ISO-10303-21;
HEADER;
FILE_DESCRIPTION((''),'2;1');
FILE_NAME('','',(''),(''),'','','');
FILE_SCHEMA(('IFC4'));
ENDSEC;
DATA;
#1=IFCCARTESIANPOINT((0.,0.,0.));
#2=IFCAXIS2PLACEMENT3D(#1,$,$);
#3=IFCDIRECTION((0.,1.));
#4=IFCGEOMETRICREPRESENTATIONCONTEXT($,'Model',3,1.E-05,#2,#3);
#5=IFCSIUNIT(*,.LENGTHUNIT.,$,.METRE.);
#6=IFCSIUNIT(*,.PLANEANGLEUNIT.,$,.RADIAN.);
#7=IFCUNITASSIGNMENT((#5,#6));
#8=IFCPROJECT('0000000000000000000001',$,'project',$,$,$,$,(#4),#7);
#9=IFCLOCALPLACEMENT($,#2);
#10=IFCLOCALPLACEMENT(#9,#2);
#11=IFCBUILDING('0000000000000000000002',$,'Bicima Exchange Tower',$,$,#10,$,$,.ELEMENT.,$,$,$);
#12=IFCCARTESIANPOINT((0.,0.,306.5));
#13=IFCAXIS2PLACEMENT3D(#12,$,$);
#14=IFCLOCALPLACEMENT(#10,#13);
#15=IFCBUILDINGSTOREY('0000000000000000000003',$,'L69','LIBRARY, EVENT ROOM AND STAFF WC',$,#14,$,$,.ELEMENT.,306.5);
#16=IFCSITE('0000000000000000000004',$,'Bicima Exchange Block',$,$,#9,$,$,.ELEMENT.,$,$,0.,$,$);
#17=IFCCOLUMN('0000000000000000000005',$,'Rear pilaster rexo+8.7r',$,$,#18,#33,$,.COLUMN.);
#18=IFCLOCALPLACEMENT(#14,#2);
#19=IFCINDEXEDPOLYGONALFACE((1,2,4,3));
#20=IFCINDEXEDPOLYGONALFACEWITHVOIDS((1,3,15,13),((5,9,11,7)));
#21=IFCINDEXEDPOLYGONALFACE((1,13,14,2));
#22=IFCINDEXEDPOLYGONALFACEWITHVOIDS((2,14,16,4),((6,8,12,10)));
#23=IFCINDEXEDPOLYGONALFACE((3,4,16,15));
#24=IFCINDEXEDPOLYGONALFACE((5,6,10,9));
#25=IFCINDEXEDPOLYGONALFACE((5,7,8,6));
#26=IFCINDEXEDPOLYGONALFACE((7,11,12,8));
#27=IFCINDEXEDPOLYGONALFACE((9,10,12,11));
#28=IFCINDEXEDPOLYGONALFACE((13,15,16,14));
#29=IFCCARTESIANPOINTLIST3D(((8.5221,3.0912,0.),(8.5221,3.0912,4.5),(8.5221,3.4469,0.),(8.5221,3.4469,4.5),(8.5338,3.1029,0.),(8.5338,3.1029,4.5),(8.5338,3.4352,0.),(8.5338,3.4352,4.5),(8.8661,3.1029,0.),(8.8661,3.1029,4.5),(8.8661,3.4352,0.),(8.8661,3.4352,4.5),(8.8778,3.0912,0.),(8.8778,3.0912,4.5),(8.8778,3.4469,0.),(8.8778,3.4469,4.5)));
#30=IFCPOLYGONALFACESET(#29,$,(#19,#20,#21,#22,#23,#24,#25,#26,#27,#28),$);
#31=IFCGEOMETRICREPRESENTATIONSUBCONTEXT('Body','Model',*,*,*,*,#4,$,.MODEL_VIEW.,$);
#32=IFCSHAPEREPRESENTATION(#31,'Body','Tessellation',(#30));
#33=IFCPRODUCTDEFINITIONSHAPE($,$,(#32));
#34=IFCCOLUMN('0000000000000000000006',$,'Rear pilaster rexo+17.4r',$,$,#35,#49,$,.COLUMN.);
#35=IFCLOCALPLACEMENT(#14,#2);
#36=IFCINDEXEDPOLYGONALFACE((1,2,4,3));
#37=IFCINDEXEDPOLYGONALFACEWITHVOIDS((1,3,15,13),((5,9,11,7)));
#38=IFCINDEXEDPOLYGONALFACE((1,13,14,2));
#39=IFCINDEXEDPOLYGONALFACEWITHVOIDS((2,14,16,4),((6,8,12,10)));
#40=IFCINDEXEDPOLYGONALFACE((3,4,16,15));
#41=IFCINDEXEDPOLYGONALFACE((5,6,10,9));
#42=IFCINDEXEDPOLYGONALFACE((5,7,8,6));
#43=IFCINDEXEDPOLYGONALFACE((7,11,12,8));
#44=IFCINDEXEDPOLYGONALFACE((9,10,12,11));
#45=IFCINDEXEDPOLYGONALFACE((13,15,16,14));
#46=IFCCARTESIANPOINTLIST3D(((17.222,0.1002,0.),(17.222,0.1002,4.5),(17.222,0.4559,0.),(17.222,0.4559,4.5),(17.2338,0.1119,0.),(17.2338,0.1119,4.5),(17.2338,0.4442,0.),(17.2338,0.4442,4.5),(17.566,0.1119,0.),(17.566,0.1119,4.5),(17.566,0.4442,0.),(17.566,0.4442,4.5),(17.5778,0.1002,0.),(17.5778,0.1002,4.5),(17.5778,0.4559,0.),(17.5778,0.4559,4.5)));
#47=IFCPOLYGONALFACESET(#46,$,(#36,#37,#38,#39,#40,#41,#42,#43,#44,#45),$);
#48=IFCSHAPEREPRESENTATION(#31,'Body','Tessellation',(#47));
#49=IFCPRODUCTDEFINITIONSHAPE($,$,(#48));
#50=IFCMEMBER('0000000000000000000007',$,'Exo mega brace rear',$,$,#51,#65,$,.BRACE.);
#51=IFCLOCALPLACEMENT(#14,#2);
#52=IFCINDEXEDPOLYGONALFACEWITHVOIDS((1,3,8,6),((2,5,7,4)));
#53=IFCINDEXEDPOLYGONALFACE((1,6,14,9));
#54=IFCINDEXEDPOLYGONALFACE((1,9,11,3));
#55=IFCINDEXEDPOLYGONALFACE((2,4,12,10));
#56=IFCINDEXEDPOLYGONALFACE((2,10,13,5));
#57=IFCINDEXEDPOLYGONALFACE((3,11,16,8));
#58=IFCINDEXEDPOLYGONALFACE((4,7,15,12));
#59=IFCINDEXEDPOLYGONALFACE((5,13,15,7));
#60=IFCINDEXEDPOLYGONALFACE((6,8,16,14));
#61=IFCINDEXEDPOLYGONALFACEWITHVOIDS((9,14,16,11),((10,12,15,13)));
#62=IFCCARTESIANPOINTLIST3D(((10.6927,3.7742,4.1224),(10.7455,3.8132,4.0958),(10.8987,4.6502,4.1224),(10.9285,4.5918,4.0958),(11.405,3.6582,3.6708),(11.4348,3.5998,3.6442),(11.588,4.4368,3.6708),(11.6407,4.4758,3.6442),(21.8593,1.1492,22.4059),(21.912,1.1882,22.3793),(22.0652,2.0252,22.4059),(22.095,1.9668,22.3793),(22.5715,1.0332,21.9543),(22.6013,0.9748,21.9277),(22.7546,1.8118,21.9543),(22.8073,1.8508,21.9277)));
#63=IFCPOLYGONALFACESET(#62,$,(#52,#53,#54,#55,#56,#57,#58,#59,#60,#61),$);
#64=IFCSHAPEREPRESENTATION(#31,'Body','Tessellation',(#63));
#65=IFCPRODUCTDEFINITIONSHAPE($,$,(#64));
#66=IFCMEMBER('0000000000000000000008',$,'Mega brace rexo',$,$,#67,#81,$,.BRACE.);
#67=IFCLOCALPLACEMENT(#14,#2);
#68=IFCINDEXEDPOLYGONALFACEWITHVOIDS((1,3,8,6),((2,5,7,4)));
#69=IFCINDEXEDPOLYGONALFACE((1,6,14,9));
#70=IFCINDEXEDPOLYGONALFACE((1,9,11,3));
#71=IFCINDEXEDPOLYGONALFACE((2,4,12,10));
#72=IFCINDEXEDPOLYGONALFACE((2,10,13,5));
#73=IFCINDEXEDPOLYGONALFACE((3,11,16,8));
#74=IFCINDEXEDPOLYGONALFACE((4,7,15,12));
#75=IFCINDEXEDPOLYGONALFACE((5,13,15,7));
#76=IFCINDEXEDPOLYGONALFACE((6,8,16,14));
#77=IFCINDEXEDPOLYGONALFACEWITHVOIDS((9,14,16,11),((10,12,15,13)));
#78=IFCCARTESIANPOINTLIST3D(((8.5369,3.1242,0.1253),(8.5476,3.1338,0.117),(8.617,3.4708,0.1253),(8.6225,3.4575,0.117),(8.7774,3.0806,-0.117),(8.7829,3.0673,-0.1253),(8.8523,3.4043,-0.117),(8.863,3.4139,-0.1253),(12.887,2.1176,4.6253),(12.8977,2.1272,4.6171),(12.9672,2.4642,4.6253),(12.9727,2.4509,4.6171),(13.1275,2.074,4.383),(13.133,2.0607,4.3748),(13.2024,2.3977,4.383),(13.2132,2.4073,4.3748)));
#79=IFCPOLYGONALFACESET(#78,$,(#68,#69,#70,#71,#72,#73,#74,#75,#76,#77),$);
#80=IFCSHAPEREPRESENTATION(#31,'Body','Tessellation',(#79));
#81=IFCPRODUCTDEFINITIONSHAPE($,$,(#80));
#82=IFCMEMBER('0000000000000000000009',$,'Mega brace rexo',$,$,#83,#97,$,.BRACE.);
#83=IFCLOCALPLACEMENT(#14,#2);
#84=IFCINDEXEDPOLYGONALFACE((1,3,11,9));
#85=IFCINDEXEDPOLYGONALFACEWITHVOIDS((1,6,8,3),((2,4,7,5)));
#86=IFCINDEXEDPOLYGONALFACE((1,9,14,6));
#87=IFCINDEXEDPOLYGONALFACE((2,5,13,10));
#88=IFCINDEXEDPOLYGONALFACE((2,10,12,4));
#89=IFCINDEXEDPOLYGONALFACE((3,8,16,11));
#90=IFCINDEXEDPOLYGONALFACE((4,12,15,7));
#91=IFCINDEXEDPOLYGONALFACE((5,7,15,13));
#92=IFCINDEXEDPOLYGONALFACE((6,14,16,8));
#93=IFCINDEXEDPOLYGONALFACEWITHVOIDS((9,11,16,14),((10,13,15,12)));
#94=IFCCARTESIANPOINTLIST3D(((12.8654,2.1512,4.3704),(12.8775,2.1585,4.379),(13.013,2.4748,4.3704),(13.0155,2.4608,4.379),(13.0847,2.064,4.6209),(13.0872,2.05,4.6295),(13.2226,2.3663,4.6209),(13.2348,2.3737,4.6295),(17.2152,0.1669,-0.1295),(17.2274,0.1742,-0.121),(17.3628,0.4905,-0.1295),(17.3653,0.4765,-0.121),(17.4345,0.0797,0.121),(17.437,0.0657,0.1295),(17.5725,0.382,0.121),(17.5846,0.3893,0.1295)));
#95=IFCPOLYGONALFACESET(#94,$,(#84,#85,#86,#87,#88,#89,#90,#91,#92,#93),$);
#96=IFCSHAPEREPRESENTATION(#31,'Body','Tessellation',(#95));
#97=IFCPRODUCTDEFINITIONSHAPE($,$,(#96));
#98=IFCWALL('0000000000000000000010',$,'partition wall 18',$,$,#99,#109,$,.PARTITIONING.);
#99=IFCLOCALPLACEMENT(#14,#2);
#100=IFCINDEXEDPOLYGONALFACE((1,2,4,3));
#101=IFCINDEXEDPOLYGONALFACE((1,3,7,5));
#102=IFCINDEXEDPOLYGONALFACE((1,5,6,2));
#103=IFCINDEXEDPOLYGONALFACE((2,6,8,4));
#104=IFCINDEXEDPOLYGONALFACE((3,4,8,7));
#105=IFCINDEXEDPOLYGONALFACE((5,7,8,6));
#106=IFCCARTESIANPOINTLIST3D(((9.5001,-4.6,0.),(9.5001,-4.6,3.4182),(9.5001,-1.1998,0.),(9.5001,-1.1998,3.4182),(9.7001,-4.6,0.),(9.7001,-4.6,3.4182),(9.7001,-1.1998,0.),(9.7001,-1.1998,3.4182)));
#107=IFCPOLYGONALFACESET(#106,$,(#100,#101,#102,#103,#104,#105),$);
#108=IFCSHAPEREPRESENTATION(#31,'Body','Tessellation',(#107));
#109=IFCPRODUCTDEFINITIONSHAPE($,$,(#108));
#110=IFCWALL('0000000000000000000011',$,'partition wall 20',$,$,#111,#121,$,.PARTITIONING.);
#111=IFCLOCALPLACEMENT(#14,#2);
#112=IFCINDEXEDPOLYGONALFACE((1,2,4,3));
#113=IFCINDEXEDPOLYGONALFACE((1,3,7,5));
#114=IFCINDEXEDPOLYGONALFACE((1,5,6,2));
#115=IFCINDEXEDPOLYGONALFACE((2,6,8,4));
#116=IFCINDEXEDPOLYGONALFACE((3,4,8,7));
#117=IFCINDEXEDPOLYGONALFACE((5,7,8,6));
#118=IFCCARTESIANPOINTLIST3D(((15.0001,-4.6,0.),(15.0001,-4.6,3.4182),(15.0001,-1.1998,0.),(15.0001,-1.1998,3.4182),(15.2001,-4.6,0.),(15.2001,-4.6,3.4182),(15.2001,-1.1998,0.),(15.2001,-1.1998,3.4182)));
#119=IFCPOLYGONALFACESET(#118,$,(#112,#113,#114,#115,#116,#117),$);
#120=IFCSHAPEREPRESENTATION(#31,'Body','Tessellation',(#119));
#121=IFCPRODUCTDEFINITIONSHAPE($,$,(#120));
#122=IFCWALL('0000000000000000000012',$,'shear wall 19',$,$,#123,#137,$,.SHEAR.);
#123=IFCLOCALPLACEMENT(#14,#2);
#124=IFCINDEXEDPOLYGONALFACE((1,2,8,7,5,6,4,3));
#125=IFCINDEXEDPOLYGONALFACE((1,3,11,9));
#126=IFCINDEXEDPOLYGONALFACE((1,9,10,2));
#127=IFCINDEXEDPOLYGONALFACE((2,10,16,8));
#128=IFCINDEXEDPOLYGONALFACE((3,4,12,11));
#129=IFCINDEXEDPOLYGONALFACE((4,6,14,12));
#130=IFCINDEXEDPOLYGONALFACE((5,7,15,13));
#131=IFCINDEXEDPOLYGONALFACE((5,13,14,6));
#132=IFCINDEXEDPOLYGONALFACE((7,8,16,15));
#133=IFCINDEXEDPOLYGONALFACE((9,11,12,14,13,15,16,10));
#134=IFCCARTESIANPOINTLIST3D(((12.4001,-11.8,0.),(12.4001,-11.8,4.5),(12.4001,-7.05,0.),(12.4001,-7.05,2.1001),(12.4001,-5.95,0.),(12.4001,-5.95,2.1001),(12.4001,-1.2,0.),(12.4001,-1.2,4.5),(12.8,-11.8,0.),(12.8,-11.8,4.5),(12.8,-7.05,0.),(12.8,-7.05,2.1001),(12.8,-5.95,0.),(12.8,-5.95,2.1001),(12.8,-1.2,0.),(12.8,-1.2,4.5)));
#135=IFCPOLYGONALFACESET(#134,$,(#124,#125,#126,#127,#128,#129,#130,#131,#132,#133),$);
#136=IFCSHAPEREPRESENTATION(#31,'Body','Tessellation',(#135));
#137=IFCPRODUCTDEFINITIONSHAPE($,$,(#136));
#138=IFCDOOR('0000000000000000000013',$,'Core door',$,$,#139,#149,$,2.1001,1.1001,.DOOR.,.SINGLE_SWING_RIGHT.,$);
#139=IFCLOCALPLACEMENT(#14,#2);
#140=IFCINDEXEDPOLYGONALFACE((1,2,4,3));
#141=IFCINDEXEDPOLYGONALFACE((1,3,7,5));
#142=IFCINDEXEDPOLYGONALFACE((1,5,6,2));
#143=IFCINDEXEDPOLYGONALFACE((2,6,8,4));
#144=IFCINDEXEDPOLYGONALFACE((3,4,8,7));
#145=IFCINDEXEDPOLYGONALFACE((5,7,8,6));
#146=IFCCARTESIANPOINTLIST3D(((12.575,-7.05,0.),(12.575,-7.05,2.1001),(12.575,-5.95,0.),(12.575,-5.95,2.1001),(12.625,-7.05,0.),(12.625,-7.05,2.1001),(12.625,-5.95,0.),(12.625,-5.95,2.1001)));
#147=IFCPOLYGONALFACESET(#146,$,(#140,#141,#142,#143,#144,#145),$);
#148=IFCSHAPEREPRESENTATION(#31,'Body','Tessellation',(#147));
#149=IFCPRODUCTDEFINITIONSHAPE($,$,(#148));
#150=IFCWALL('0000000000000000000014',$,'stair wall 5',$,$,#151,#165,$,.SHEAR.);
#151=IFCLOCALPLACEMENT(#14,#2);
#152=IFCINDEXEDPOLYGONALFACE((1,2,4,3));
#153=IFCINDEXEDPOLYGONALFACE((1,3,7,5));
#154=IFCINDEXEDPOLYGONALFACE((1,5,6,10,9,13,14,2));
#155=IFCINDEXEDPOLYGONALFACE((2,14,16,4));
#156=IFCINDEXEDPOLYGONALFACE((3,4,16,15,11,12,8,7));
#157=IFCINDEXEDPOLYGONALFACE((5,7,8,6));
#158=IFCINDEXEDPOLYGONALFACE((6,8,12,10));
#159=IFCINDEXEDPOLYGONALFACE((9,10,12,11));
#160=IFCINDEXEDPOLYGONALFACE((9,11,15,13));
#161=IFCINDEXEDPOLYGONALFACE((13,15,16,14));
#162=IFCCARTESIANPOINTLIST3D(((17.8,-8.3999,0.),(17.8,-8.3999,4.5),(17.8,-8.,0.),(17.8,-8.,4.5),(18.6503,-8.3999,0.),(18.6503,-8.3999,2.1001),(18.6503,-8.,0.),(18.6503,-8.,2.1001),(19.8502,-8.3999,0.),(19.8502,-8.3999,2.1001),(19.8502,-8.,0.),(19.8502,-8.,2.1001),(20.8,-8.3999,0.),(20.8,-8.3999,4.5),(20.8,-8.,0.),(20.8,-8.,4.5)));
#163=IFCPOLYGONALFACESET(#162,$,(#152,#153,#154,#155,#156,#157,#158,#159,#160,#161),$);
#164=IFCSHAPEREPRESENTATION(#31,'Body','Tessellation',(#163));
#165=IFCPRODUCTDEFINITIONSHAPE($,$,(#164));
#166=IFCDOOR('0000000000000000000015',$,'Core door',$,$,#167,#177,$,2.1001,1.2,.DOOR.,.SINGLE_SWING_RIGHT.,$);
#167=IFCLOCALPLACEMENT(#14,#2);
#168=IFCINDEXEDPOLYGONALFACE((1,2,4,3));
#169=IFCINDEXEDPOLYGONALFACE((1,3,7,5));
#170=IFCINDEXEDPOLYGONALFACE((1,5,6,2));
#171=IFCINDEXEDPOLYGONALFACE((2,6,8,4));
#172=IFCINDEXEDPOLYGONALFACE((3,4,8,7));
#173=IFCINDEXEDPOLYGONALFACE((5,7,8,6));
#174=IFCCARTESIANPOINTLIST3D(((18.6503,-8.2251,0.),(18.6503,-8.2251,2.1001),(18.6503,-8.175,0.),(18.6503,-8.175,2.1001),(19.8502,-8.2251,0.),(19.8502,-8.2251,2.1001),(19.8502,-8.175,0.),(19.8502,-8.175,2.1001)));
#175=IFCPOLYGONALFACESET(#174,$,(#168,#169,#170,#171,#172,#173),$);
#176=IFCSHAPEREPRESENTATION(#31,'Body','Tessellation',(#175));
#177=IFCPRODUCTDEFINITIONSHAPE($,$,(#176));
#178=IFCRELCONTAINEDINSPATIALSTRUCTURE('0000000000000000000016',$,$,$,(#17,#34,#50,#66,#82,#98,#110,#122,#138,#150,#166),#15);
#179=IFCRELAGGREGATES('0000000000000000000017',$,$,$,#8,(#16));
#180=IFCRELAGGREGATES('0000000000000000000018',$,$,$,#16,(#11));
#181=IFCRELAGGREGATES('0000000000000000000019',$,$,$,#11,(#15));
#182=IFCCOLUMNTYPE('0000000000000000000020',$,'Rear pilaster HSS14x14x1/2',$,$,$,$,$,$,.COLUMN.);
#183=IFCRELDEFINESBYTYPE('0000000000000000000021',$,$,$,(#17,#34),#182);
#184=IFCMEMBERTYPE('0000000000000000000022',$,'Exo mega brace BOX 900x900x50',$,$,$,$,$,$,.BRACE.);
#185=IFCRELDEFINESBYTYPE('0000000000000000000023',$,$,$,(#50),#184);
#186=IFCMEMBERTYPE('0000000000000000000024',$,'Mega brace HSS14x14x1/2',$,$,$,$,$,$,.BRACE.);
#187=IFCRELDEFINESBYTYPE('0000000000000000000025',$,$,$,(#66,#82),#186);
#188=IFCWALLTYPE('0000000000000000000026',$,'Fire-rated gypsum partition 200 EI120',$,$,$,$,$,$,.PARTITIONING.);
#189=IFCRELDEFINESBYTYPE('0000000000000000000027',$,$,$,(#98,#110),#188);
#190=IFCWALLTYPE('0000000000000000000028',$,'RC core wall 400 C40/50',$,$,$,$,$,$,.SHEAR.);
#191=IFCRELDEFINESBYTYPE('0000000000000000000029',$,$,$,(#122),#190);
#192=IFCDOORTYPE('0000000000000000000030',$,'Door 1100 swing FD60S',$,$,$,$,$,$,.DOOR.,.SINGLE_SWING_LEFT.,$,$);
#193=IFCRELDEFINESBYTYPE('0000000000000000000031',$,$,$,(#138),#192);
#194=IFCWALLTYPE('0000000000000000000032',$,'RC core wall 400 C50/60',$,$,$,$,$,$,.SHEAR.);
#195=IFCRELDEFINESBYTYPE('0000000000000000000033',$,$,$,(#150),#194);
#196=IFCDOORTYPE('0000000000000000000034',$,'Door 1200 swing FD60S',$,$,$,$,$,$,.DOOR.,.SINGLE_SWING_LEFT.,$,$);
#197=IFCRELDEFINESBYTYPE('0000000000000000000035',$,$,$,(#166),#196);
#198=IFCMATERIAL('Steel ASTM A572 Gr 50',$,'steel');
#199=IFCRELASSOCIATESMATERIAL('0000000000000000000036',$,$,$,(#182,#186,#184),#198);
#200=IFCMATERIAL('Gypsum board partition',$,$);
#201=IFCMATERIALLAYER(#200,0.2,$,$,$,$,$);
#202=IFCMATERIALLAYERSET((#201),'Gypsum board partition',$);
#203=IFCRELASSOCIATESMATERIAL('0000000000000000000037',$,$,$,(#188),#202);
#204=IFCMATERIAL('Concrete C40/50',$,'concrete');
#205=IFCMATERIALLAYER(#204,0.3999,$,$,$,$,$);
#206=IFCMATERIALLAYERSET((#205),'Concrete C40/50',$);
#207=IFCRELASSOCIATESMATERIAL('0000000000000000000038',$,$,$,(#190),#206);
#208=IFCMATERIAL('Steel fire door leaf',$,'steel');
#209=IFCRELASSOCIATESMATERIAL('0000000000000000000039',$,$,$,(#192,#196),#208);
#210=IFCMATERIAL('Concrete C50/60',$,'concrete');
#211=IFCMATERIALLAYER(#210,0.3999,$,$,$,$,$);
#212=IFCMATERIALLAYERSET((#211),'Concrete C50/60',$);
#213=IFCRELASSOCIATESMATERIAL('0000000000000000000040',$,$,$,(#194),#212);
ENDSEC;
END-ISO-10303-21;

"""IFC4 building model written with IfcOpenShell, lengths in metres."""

from ifc_helpers import new_model, si_unit, direction, frame, frame_2d, origin, origin_2d, place, context, subcontext, project, spatial, rectangle, hollow_rectangle, extrude, material, layer, layer_set, material_profile, profile_set, type_object, element, fill, save


model = new_model("IFC4")

# Units and contexts
model_context = context("Model", 3, precision=1e-05, world=origin(), true_north=direction((0.0, 1.0)))
body_context = subcontext(model_context, "Body", "Model", "MODEL_VIEW")
ifc_project = project(units=[si_unit("LENGTHUNIT", "METRE"), si_unit("PLANEANGLEUNIT", "RADIAN")], contexts=[model_context])

# Site, building, storey
site_placement = place(None, origin())
site = spatial("IfcSite", under=ifc_project, at=site_placement, Name="Bicima Exchange Block", CompositionType="ELEMENT", RefElevation=0.0)
building_placement = place(site_placement, origin())
building = spatial("IfcBuilding", under=site, at=building_placement, Name="Bicima Exchange Tower", CompositionType="ELEMENT")
storey_placement = place(building_placement, frame((0.0, 0.0, 306.5)))
storey = spatial("IfcBuildingStorey", under=building, at=storey_placement, Name="L69", Description="LIBRARY, EVENT ROOM AND STAFF WC", CompositionType="ELEMENT", Elevation=306.5)

# Columns
ifc_material_1 = material(Name="Steel ASTM A572 Gr 50", Category="steel")
ifc_material_profile_1 = material_profile(ifc_material_1, hollow_rectangle(XDim=0.3557, YDim=0.3557, WallThickness=0.0117, at=origin_2d()))
ifc_profile_set_1 = profile_set([ifc_material_profile_1], Name="Steel ASTM A572 Gr 50")
column_type = type_object("IfcColumnType", Name="Rear pilaster HSS14x14x1/2", PredefinedType="COLUMN", material=ifc_profile_set_1)
for number, where, z_axis, x_axis, name in (
    (1, (8.7, 3.269, 0.0), (0.0, 0.0, 1.0), (1.0, 0.0, 0.0), "Rear pilaster rexo+8.7r"),
    (2, (17.3999, 0.2781, 0.0), (0.0, 0.0, 1.0), (1.0, 0.0, 0.0), "Rear pilaster rexo+17.4r"),
):
    element("IfcColumn", number, at=place(storey_placement, frame(where, z_axis=z_axis, x_axis=x_axis)), inside=storey, type_object=column_type, Name=name, PredefinedType="COLUMN", context=body_context, shape_type="SweptSolid", body=[
        extrude(hollow_rectangle(XDim=0.3557, YDim=0.3557, WallThickness=0.0117, at=origin_2d()), origin(), (0.0, 0.0, 1.0), 4.5),
    ])

# Members
ifc_material_profile_2 = material_profile(ifc_material_1, hollow_rectangle(XDim=0.8999, YDim=0.8999, WallThickness=0.05, at=origin_2d()))
ifc_profile_set_2 = profile_set([ifc_material_profile_2], Name="Steel ASTM A572 Gr 50")
member_type_1 = type_object("IfcMemberType", Name="Exo mega brace BOX 900x900x50", PredefinedType="BRACE", material=ifc_profile_set_2)
member_1_placement = place(storey_placement, frame((11.1667, 4.125, 3.8833), z_axis=(0.517353, -0.121618, 0.847086), x_axis=(0.22884, 0.973464, 0.0)))
element("IfcMember", 3, at=member_1_placement, inside=storey, type_object=member_type_1, Name="Exo mega brace rear", PredefinedType="BRACE", context=body_context, shape_type="SweptSolid", body=[
    extrude(hollow_rectangle(XDim=0.8999, YDim=0.8999, WallThickness=0.05, at=origin_2d()), origin(), (0.0, 0.0, 1.0), 21.584),
])
member_type_2 = type_object("IfcMemberType", Name="Mega brace HSS14x14x1/2", PredefinedType="BRACE", material=ifc_profile_set_1)
member_2_placement = place(storey_placement, frame((8.7, 3.269, 0.0), z_axis=(0.686212, -0.158786, 0.709859), x_axis=(0.225439, 0.974257, 0.0)))
element("IfcMember", 4, at=member_2_placement, inside=storey, type_object=member_type_2, Name="Mega brace rexo", PredefinedType="BRACE", context=body_context, shape_type="SweptSolid", body=[
    extrude(hollow_rectangle(XDim=0.3557, YDim=0.3557, WallThickness=0.0117, at=origin_2d()), origin(), (0.0, 0.0, 1.0), 6.3394),
])
member_3_placement = place(storey_placement, frame((17.3999, 0.2781, 0.0), z_axis=(-0.662508, 0.302232, 0.685376), x_axis=(-0.415045, -0.909801, 0.0)))
element("IfcMember", 5, at=member_3_placement, inside=storey, type_object=member_type_2, Name="Mega brace rexo", PredefinedType="BRACE", context=body_context, shape_type="SweptSolid", body=[
    extrude(hollow_rectangle(XDim=0.3557, YDim=0.3557, WallThickness=0.0117, at=origin_2d()), origin(), (0.0, 0.0, 1.0), 6.5657),
])

# Walls
ifc_material_2 = material(Name="Gypsum board partition")
ifc_layer_1 = layer(ifc_material_2, 0.2)
ifc_layer_set_1 = layer_set([ifc_layer_1], Name="Gypsum board partition")
wall_type_1 = type_object("IfcWallType", Name="Fire-rated gypsum partition 200 EI120", PredefinedType="PARTITIONING", material=ifc_layer_set_1)
for number, where, z_axis, x_axis, name in (
    (6, (9.6001, -4.6001, 0.0), (0.0, 0.0, 1.0), (0.0, 1.0, 0.0), "partition wall 18"),
    (7, (15.1001, -4.6001, 0.0), (0.0, 0.0, 1.0), (0.0, 1.0, 0.0), "partition wall 20"),
):
    element("IfcWall", number, at=place(storey_placement, frame(where, z_axis=z_axis, x_axis=x_axis)), inside=storey, type_object=wall_type_1, Name=name, PredefinedType="PARTITIONING", context=body_context, shape_type="SweptSolid", body=[
        extrude(rectangle(XDim=3.4001, YDim=0.2, at=frame_2d((1.7002, 0.0))), origin(), (0.0, 0.0, 1.0), 3.4182),
    ])

# Walls, openings, doors
ifc_material_3 = material(Name="Concrete C40/50", Category="concrete")
ifc_layer_2 = layer(ifc_material_3, 0.3999)
ifc_layer_set_2 = layer_set([ifc_layer_2], Name="Concrete C40/50")
wall_type_2 = type_object("IfcWallType", Name="RC core wall 400 C40/50", PredefinedType="SHEAR", material=ifc_layer_set_2)
wall_1_placement = place(storey_placement, frame((12.6001, -11.8, 0.0), z_axis=(0.0, 0.0, 1.0), x_axis=(0.0, 1.0, 0.0)))
wall_1 = element("IfcWall", 8, at=wall_1_placement, inside=storey, type_object=wall_type_2, Name="shear wall 19", PredefinedType="SHEAR", context=body_context, shape_type="SweptSolid", body=[
    extrude(rectangle(XDim=10.6001, YDim=0.3999, at=frame_2d((5.3, 0.0))), origin(), (0.0, 0.0, 1.0), 4.5),
])
opening_1_placement = place(wall_1_placement, frame((4.75, 0.0, 0.0)))
opening_1 = element("IfcOpeningElement", 9, at=opening_1_placement, cuts=wall_1, PredefinedType="OPENING", context=body_context, shape_type="SweptSolid", body=[
    extrude(rectangle(XDim=1.1001, YDim=2.1001, at=frame_2d((0.55, 1.05))), frame((0.0, 0.2119, 0.0), z_axis=(0.0, -1.0, 0.0), x_axis=(1.0, 0.0, 0.0)), (0.0, 0.0, 1.0), 0.4238),
])
ifc_material_4 = material(Name="Steel fire door leaf", Category="steel")
door_type_1 = type_object("IfcDoorType", Name="Door 1100 swing FD60S", OperationType="SINGLE_SWING_LEFT", PredefinedType="DOOR", material=ifc_material_4)
door_1_placement = place(opening_1_placement, frame((1.1001, 0.0, 0.0), z_axis=(0.0, 0.0, 1.0), x_axis=(-1.0, 0.0, 0.0)))
door_1 = element("IfcDoor", 10, at=door_1_placement, inside=storey, type_object=door_type_1, Name="Core door", OperationType="SINGLE_SWING_RIGHT", OverallHeight=2.1001, OverallWidth=1.1001, PredefinedType="DOOR", context=body_context, shape_type="SweptSolid", body=[
    extrude(rectangle(XDim=1.1001, YDim=2.1001, at=frame_2d((0.55, 1.05))), frame((0.0, 0.0249, 0.0), z_axis=(0.0, -1.0, 0.0), x_axis=(1.0, 0.0, 0.0)), (0.0, 0.0, 1.0), 0.05),
])
fill(opening_1, door_1)
ifc_material_5 = material(Name="Concrete C50/60", Category="concrete")
ifc_layer_3 = layer(ifc_material_5, 0.3999)
ifc_layer_set_3 = layer_set([ifc_layer_3], Name="Concrete C50/60")
wall_type_3 = type_object("IfcWallType", Name="RC core wall 400 C50/60", PredefinedType="SHEAR", material=ifc_layer_set_3)
wall_2_placement = place(storey_placement, frame((17.8, -8.2, 0.0), z_axis=(0.0, 0.0, 1.0), x_axis=(1.0, 0.0, 0.0)))
wall_2 = element("IfcWall", 11, at=wall_2_placement, inside=storey, type_object=wall_type_3, Name="stair wall 5", PredefinedType="SHEAR", context=body_context, shape_type="SweptSolid", body=[
    extrude(rectangle(XDim=3.0, YDim=0.3999, at=frame_2d((1.5, 0.0))), origin(), (0.0, 0.0, 1.0), 4.5),
])
opening_2_placement = place(wall_2_placement, frame((0.8501, 0.0, 0.0)))
opening_2 = element("IfcOpeningElement", 12, at=opening_2_placement, cuts=wall_2, PredefinedType="OPENING", context=body_context, shape_type="SweptSolid", body=[
    extrude(rectangle(XDim=1.2, YDim=2.1001, at=frame_2d((0.6001, 1.05))), frame((0.0, 0.2119, 0.0), z_axis=(0.0, -1.0, 0.0), x_axis=(1.0, 0.0, 0.0)), (0.0, 0.0, 1.0), 0.4238),
])
door_type_2 = type_object("IfcDoorType", Name="Door 1200 swing FD60S", OperationType="SINGLE_SWING_LEFT", PredefinedType="DOOR", material=ifc_material_4)
door_2_placement = place(opening_2_placement, origin())
door_2 = element("IfcDoor", 13, at=door_2_placement, inside=storey, type_object=door_type_2, Name="Core door", OperationType="SINGLE_SWING_RIGHT", OverallHeight=2.1001, OverallWidth=1.2, PredefinedType="DOOR", context=body_context, shape_type="SweptSolid", body=[
    extrude(rectangle(XDim=1.2, YDim=2.1001, at=frame_2d((0.6001, 1.05))), frame((0.0, 0.0249, 0.0), z_axis=(0.0, -1.0, 0.0), x_axis=(1.0, 0.0, 0.0)), (0.0, 0.0, 1.0), 0.05),
])
fill(opening_2, door_2)

save(model, "model.ifc")
